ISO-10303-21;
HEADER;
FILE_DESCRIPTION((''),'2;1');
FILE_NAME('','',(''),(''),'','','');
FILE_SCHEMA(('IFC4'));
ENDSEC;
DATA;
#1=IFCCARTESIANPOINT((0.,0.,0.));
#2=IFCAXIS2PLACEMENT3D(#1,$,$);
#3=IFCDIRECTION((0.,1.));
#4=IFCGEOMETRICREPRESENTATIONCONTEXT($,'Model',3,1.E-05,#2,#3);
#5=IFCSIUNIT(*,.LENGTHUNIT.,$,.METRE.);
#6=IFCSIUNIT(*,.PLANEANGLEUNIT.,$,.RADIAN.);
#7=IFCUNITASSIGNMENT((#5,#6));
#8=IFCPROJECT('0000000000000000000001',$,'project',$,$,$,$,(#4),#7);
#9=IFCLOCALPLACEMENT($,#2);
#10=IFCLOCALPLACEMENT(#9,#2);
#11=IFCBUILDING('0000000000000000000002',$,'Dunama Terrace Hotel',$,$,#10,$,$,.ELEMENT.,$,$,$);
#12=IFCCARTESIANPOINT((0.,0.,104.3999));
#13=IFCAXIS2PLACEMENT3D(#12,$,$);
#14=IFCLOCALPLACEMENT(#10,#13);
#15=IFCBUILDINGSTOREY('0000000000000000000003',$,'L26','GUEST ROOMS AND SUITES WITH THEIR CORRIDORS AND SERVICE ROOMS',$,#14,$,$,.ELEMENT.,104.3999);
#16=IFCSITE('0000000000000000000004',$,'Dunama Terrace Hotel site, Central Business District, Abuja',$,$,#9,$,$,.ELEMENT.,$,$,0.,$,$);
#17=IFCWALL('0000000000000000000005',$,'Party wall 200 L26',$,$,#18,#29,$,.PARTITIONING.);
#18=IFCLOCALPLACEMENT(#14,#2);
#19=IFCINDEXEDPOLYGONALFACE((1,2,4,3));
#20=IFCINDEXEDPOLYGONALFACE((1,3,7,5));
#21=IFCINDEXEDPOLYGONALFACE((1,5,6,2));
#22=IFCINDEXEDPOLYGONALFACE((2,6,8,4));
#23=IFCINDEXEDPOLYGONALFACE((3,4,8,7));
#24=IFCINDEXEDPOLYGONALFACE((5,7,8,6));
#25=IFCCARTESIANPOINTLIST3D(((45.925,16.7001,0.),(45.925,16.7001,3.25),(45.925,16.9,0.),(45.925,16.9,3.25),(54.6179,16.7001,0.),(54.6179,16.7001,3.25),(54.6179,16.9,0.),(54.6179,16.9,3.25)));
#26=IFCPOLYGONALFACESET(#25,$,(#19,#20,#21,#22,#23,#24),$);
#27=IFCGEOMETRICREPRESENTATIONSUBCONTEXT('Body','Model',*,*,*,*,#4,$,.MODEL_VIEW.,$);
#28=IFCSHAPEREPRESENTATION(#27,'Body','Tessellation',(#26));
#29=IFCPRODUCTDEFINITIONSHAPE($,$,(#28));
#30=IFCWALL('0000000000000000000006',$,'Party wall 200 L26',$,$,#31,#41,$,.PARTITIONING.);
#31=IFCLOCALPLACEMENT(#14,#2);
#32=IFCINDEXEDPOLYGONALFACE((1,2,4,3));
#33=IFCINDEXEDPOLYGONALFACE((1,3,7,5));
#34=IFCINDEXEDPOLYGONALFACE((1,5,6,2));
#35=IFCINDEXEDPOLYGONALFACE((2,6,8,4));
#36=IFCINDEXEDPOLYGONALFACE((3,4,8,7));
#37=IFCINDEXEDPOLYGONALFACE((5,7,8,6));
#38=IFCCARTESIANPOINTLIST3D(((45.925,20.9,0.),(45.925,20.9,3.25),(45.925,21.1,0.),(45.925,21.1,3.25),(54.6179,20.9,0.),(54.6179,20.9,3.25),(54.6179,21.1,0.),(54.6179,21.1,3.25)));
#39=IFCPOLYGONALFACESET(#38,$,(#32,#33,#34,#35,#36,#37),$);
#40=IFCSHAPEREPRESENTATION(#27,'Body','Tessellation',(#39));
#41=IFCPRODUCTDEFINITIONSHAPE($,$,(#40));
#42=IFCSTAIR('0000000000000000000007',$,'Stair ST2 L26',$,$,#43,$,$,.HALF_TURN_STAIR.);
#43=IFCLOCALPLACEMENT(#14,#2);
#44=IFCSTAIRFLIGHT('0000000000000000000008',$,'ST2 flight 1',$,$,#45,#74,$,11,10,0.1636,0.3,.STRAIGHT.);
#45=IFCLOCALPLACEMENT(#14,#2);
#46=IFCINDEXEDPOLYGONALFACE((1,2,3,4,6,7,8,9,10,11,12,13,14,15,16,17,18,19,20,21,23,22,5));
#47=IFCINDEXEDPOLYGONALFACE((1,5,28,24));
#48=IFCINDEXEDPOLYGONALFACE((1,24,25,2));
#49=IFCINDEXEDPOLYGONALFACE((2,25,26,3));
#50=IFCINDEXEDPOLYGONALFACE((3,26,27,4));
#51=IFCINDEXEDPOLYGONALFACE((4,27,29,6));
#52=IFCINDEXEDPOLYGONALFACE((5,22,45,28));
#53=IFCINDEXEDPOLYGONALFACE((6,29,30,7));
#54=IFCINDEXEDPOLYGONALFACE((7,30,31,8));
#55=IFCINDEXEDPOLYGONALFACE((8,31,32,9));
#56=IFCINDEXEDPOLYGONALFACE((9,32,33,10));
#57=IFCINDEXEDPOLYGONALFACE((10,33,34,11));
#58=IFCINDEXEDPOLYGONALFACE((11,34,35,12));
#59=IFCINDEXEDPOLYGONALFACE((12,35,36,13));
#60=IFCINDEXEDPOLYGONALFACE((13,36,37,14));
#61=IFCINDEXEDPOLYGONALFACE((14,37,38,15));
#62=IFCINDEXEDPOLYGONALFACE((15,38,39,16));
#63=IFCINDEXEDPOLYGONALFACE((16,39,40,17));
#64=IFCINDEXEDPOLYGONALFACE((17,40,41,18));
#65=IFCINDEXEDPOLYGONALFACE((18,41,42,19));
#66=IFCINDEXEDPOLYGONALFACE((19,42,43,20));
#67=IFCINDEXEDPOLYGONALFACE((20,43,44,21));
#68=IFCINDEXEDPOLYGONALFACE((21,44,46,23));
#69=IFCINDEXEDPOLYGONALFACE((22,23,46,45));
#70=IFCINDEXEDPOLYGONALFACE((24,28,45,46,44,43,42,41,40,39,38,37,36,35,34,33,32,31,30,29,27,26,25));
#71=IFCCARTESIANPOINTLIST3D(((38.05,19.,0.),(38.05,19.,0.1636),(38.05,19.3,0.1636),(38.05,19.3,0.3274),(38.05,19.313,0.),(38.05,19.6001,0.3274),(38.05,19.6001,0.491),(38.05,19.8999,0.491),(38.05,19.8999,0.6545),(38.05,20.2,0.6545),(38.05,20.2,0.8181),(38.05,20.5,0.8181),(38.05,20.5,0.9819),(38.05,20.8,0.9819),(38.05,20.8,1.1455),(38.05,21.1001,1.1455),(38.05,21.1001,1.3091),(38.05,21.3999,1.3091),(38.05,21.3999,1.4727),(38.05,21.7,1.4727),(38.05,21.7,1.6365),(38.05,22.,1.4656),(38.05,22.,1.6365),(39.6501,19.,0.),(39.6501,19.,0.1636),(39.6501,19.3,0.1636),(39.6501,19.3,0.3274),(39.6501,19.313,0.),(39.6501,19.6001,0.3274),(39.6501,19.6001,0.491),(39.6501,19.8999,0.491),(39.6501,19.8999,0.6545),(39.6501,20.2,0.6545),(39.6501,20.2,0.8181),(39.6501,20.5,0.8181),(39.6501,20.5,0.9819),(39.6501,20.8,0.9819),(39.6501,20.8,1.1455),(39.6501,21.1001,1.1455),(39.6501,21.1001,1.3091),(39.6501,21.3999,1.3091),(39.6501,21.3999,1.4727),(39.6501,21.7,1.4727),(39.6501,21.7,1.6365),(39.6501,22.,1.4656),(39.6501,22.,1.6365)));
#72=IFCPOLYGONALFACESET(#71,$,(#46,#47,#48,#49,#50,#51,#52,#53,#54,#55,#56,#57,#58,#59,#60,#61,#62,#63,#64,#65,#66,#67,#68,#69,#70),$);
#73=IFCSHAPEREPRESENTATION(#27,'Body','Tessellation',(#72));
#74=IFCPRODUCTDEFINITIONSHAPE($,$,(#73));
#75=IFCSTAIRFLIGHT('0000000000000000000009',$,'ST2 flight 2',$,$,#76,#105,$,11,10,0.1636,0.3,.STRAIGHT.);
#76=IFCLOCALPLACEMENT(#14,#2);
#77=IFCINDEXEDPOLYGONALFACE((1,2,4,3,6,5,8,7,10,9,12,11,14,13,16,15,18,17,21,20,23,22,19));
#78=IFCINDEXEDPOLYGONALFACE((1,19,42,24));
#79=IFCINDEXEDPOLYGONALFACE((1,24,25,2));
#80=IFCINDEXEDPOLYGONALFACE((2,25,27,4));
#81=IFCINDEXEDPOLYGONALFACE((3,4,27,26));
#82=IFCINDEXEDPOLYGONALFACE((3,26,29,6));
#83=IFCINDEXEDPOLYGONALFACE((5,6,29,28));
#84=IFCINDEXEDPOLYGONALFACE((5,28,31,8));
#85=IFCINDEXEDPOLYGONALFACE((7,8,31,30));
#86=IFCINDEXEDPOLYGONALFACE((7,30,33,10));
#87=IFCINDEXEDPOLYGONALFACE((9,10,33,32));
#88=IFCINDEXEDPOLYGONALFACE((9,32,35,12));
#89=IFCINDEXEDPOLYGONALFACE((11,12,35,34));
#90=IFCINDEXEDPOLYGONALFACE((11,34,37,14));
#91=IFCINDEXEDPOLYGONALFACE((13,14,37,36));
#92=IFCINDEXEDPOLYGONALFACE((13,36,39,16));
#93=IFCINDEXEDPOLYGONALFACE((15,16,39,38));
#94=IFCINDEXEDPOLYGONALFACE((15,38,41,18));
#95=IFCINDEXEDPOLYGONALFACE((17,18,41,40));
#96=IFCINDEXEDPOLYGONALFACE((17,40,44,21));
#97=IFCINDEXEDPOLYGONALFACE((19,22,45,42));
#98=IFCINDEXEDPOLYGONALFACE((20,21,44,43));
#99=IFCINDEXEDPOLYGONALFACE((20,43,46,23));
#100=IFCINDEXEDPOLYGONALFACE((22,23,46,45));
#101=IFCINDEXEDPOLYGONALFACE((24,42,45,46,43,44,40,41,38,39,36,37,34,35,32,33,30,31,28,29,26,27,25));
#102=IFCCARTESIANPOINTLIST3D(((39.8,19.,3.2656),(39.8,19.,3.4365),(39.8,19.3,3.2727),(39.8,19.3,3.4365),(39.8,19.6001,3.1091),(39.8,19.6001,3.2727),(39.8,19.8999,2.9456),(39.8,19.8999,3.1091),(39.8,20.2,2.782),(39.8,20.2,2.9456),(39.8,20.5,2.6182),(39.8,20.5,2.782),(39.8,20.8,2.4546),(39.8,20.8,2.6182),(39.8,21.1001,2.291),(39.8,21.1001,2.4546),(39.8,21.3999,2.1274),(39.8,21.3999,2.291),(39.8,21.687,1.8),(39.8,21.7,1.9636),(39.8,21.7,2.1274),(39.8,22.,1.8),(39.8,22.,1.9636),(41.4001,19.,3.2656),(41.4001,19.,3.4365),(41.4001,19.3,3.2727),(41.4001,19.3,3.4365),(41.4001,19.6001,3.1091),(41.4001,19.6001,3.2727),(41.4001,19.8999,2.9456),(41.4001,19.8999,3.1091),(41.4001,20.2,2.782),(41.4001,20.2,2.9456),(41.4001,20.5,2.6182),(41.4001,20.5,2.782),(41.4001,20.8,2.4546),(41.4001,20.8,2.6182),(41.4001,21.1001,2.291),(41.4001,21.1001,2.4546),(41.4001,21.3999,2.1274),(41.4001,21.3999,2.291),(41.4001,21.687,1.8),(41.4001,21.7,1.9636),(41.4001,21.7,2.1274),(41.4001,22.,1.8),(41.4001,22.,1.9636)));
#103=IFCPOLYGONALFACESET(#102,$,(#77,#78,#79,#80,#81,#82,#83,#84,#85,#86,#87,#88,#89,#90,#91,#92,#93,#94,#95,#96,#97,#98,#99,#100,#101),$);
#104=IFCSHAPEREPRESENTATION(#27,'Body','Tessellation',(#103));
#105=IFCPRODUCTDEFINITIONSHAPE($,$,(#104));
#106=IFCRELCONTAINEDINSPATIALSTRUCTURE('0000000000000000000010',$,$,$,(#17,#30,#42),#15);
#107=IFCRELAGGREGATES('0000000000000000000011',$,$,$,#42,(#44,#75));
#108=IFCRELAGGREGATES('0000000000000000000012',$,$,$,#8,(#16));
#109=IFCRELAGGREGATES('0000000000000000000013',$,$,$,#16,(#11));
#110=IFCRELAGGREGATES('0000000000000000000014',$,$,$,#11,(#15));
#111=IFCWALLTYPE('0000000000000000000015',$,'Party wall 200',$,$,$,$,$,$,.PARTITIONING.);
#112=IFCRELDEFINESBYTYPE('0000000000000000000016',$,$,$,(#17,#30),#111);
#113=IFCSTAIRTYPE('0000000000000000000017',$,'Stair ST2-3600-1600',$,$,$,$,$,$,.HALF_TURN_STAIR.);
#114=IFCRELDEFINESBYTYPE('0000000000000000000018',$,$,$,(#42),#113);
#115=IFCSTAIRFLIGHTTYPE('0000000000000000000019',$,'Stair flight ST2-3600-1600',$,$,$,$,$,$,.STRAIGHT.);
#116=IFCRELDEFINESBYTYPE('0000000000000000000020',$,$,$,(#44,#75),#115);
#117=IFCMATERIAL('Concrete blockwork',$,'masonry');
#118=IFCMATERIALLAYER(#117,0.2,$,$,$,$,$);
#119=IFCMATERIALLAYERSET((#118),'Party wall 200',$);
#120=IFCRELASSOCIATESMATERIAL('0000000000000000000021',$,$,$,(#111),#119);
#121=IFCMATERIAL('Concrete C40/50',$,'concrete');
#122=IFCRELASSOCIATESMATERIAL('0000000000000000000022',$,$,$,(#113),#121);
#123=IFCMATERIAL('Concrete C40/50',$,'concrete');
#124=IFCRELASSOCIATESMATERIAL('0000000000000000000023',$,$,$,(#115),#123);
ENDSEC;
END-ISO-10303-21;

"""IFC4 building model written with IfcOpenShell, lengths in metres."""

from ifc_helpers import new_model, si_unit, direction, frame, frame_2d, origin, place, context, subcontext, project, spatial, polyline, rectangle, outline, extrude, material, layer, layer_set, type_object, element, aggregate, save


model = new_model("IFC4")

# Units and contexts
model_context = context("Model", 3, precision=1e-05, world=origin(), true_north=direction((0.0, 1.0)))
body_context = subcontext(model_context, "Body", "Model", "MODEL_VIEW")
ifc_project = project(units=[si_unit("LENGTHUNIT", "METRE"), si_unit("PLANEANGLEUNIT", "RADIAN")], contexts=[model_context])

# Site, building, storey
site_placement = place(None, origin())
site = spatial("IfcSite", under=ifc_project, at=site_placement, Name="Dunama Terrace Hotel site, Central Business District, Abuja", CompositionType="ELEMENT", RefElevation=0.0)
building_placement = place(site_placement, origin())
building = spatial("IfcBuilding", under=site, at=building_placement, Name="Dunama Terrace Hotel", CompositionType="ELEMENT")
storey_placement = place(building_placement, frame((0.0, 0.0, 104.3999)))
storey = spatial("IfcBuildingStorey", under=building, at=storey_placement, Name="L26", Description="GUEST ROOMS AND SUITES WITH THEIR CORRIDORS AND SERVICE ROOMS", CompositionType="ELEMENT", Elevation=104.3999)

# Walls
ifc_material_1 = material(Name="Concrete blockwork", Category="masonry")
ifc_layer_1 = layer(ifc_material_1, 0.2)
ifc_layer_set_1 = layer_set([ifc_layer_1], Name="Party wall 200")
wall_type_1 = type_object("IfcWallType", Name="Party wall 200", PredefinedType="PARTITIONING", material=ifc_layer_set_1)
for number, where, z_axis, x_axis, name in (
    (1, (45.925, 16.8, 0.0), (0.0, 0.0, 1.0), (1.0, 0.0, 0.0), "Party wall 200 L26"),
    (2, (45.925, 21.0, 0.0), (0.0, 0.0, 1.0), (1.0, 0.0, 0.0), "Party wall 200 L26"),
):
    element("IfcWall", number, at=place(storey_placement, frame(where, z_axis=z_axis, x_axis=x_axis)), inside=storey, type_object=wall_type_1, Name=name, PredefinedType="PARTITIONING", context=body_context, shape_type="SweptSolid", body=[
        extrude(rectangle(XDim=8.6929, YDim=0.2, at=frame_2d((4.3464, 0.0))), origin(), (0.0, 0.0, 1.0), 3.25),
    ])

# Stair, stair flights
ifc_material_2 = material(Name="Concrete C40/50", Category="concrete")
stair_type = type_object("IfcStairType", Name="Stair ST2-3600-1600", PredefinedType="HALF_TURN_STAIR", material=ifc_material_2)
stair_placement = place(storey_placement, origin())
stair = element("IfcStair", 3, at=stair_placement, inside=storey, type_object=stair_type, Name="Stair ST2 L26", PredefinedType="HALF_TURN_STAIR")
ifc_material_3 = material(Name="Concrete C40/50", Category="concrete")
stair_flight_type = type_object("IfcStairFlightType", Name="Stair flight ST2-3600-1600", PredefinedType="STRAIGHT", material=ifc_material_3)
stair_flight_1_placement = place(storey_placement, frame((38.8501, 19.0, 0.0), z_axis=(0.0, 0.0, 1.0), x_axis=(0.0, 1.0, 0.0)))
stair_flight_1 = element("IfcStairFlight", 4, at=stair_flight_1_placement, type_object=stair_flight_type, Name="ST2 flight 1", NumberOfRisers=11, NumberOfTreads=10, PredefinedType="STRAIGHT", RiserHeight=0.1636, TreadLength=0.3, context=body_context, shape_type="SweptSolid", body=[
    extrude(outline(polyline([(0.0, 0.0), (0.0, 0.1636), (0.3, 0.1636), (0.3, 0.3274), (0.6001, 0.3274), (0.6001, 0.491), (0.8999, 0.491), (0.8999, 0.6545), (1.2, 0.6545), (1.2, 0.8181), (1.5, 0.8181), (1.5, 0.9819), (1.8, 0.9819), (1.8, 1.1455), (2.1001, 1.1455), (2.1001, 1.3091), (2.3999, 1.3091), (2.3999, 1.4727), (2.7, 1.4727), (2.7, 1.6365), (3.0, 1.6365), (3.0, 1.8), (3.0, 1.4656), (0.313, 0.0), (0.0, 0.0)])), frame((0.0, 0.8, 0.0), z_axis=(0.0, -1.0, 0.0), x_axis=(1.0, 0.0, 0.0)), (0.0, 0.0, 1.0), 1.6001),
])
stair_flight_2_placement = place(storey_placement, frame((40.6001, 22.0, 1.8), z_axis=(0.0, 0.0, 1.0), x_axis=(0.0, -1.0, 0.0)))
stair_flight_2 = element("IfcStairFlight", 5, at=stair_flight_2_placement, type_object=stair_flight_type, Name="ST2 flight 2", NumberOfRisers=11, NumberOfTreads=10, PredefinedType="STRAIGHT", RiserHeight=0.1636, TreadLength=0.3, context=body_context, shape_type="SweptSolid", body=[
    extrude(outline(polyline([(0.0, 0.0), (0.0, 0.1636), (0.3, 0.1636), (0.3, 0.3274), (0.6001, 0.3274), (0.6001, 0.491), (0.8999, 0.491), (0.8999, 0.6545), (1.2, 0.6545), (1.2, 0.8181), (1.5, 0.8181), (1.5, 0.9819), (1.8, 0.9819), (1.8, 1.1455), (2.1001, 1.1455), (2.1001, 1.3091), (2.3999, 1.3091), (2.3999, 1.4727), (2.7, 1.4727), (2.7, 1.6365), (3.0, 1.6365), (3.0, 1.8), (3.0, 1.4656), (0.313, 0.0), (0.0, 0.0)])), frame((0.0, 0.8, 0.0), z_axis=(0.0, -1.0, 0.0), x_axis=(1.0, 0.0, 0.0)), (0.0, 0.0, 1.0), 1.6001),
])
aggregate(stair, [stair_flight_1, stair_flight_2])

save(model, "model.ifc")
